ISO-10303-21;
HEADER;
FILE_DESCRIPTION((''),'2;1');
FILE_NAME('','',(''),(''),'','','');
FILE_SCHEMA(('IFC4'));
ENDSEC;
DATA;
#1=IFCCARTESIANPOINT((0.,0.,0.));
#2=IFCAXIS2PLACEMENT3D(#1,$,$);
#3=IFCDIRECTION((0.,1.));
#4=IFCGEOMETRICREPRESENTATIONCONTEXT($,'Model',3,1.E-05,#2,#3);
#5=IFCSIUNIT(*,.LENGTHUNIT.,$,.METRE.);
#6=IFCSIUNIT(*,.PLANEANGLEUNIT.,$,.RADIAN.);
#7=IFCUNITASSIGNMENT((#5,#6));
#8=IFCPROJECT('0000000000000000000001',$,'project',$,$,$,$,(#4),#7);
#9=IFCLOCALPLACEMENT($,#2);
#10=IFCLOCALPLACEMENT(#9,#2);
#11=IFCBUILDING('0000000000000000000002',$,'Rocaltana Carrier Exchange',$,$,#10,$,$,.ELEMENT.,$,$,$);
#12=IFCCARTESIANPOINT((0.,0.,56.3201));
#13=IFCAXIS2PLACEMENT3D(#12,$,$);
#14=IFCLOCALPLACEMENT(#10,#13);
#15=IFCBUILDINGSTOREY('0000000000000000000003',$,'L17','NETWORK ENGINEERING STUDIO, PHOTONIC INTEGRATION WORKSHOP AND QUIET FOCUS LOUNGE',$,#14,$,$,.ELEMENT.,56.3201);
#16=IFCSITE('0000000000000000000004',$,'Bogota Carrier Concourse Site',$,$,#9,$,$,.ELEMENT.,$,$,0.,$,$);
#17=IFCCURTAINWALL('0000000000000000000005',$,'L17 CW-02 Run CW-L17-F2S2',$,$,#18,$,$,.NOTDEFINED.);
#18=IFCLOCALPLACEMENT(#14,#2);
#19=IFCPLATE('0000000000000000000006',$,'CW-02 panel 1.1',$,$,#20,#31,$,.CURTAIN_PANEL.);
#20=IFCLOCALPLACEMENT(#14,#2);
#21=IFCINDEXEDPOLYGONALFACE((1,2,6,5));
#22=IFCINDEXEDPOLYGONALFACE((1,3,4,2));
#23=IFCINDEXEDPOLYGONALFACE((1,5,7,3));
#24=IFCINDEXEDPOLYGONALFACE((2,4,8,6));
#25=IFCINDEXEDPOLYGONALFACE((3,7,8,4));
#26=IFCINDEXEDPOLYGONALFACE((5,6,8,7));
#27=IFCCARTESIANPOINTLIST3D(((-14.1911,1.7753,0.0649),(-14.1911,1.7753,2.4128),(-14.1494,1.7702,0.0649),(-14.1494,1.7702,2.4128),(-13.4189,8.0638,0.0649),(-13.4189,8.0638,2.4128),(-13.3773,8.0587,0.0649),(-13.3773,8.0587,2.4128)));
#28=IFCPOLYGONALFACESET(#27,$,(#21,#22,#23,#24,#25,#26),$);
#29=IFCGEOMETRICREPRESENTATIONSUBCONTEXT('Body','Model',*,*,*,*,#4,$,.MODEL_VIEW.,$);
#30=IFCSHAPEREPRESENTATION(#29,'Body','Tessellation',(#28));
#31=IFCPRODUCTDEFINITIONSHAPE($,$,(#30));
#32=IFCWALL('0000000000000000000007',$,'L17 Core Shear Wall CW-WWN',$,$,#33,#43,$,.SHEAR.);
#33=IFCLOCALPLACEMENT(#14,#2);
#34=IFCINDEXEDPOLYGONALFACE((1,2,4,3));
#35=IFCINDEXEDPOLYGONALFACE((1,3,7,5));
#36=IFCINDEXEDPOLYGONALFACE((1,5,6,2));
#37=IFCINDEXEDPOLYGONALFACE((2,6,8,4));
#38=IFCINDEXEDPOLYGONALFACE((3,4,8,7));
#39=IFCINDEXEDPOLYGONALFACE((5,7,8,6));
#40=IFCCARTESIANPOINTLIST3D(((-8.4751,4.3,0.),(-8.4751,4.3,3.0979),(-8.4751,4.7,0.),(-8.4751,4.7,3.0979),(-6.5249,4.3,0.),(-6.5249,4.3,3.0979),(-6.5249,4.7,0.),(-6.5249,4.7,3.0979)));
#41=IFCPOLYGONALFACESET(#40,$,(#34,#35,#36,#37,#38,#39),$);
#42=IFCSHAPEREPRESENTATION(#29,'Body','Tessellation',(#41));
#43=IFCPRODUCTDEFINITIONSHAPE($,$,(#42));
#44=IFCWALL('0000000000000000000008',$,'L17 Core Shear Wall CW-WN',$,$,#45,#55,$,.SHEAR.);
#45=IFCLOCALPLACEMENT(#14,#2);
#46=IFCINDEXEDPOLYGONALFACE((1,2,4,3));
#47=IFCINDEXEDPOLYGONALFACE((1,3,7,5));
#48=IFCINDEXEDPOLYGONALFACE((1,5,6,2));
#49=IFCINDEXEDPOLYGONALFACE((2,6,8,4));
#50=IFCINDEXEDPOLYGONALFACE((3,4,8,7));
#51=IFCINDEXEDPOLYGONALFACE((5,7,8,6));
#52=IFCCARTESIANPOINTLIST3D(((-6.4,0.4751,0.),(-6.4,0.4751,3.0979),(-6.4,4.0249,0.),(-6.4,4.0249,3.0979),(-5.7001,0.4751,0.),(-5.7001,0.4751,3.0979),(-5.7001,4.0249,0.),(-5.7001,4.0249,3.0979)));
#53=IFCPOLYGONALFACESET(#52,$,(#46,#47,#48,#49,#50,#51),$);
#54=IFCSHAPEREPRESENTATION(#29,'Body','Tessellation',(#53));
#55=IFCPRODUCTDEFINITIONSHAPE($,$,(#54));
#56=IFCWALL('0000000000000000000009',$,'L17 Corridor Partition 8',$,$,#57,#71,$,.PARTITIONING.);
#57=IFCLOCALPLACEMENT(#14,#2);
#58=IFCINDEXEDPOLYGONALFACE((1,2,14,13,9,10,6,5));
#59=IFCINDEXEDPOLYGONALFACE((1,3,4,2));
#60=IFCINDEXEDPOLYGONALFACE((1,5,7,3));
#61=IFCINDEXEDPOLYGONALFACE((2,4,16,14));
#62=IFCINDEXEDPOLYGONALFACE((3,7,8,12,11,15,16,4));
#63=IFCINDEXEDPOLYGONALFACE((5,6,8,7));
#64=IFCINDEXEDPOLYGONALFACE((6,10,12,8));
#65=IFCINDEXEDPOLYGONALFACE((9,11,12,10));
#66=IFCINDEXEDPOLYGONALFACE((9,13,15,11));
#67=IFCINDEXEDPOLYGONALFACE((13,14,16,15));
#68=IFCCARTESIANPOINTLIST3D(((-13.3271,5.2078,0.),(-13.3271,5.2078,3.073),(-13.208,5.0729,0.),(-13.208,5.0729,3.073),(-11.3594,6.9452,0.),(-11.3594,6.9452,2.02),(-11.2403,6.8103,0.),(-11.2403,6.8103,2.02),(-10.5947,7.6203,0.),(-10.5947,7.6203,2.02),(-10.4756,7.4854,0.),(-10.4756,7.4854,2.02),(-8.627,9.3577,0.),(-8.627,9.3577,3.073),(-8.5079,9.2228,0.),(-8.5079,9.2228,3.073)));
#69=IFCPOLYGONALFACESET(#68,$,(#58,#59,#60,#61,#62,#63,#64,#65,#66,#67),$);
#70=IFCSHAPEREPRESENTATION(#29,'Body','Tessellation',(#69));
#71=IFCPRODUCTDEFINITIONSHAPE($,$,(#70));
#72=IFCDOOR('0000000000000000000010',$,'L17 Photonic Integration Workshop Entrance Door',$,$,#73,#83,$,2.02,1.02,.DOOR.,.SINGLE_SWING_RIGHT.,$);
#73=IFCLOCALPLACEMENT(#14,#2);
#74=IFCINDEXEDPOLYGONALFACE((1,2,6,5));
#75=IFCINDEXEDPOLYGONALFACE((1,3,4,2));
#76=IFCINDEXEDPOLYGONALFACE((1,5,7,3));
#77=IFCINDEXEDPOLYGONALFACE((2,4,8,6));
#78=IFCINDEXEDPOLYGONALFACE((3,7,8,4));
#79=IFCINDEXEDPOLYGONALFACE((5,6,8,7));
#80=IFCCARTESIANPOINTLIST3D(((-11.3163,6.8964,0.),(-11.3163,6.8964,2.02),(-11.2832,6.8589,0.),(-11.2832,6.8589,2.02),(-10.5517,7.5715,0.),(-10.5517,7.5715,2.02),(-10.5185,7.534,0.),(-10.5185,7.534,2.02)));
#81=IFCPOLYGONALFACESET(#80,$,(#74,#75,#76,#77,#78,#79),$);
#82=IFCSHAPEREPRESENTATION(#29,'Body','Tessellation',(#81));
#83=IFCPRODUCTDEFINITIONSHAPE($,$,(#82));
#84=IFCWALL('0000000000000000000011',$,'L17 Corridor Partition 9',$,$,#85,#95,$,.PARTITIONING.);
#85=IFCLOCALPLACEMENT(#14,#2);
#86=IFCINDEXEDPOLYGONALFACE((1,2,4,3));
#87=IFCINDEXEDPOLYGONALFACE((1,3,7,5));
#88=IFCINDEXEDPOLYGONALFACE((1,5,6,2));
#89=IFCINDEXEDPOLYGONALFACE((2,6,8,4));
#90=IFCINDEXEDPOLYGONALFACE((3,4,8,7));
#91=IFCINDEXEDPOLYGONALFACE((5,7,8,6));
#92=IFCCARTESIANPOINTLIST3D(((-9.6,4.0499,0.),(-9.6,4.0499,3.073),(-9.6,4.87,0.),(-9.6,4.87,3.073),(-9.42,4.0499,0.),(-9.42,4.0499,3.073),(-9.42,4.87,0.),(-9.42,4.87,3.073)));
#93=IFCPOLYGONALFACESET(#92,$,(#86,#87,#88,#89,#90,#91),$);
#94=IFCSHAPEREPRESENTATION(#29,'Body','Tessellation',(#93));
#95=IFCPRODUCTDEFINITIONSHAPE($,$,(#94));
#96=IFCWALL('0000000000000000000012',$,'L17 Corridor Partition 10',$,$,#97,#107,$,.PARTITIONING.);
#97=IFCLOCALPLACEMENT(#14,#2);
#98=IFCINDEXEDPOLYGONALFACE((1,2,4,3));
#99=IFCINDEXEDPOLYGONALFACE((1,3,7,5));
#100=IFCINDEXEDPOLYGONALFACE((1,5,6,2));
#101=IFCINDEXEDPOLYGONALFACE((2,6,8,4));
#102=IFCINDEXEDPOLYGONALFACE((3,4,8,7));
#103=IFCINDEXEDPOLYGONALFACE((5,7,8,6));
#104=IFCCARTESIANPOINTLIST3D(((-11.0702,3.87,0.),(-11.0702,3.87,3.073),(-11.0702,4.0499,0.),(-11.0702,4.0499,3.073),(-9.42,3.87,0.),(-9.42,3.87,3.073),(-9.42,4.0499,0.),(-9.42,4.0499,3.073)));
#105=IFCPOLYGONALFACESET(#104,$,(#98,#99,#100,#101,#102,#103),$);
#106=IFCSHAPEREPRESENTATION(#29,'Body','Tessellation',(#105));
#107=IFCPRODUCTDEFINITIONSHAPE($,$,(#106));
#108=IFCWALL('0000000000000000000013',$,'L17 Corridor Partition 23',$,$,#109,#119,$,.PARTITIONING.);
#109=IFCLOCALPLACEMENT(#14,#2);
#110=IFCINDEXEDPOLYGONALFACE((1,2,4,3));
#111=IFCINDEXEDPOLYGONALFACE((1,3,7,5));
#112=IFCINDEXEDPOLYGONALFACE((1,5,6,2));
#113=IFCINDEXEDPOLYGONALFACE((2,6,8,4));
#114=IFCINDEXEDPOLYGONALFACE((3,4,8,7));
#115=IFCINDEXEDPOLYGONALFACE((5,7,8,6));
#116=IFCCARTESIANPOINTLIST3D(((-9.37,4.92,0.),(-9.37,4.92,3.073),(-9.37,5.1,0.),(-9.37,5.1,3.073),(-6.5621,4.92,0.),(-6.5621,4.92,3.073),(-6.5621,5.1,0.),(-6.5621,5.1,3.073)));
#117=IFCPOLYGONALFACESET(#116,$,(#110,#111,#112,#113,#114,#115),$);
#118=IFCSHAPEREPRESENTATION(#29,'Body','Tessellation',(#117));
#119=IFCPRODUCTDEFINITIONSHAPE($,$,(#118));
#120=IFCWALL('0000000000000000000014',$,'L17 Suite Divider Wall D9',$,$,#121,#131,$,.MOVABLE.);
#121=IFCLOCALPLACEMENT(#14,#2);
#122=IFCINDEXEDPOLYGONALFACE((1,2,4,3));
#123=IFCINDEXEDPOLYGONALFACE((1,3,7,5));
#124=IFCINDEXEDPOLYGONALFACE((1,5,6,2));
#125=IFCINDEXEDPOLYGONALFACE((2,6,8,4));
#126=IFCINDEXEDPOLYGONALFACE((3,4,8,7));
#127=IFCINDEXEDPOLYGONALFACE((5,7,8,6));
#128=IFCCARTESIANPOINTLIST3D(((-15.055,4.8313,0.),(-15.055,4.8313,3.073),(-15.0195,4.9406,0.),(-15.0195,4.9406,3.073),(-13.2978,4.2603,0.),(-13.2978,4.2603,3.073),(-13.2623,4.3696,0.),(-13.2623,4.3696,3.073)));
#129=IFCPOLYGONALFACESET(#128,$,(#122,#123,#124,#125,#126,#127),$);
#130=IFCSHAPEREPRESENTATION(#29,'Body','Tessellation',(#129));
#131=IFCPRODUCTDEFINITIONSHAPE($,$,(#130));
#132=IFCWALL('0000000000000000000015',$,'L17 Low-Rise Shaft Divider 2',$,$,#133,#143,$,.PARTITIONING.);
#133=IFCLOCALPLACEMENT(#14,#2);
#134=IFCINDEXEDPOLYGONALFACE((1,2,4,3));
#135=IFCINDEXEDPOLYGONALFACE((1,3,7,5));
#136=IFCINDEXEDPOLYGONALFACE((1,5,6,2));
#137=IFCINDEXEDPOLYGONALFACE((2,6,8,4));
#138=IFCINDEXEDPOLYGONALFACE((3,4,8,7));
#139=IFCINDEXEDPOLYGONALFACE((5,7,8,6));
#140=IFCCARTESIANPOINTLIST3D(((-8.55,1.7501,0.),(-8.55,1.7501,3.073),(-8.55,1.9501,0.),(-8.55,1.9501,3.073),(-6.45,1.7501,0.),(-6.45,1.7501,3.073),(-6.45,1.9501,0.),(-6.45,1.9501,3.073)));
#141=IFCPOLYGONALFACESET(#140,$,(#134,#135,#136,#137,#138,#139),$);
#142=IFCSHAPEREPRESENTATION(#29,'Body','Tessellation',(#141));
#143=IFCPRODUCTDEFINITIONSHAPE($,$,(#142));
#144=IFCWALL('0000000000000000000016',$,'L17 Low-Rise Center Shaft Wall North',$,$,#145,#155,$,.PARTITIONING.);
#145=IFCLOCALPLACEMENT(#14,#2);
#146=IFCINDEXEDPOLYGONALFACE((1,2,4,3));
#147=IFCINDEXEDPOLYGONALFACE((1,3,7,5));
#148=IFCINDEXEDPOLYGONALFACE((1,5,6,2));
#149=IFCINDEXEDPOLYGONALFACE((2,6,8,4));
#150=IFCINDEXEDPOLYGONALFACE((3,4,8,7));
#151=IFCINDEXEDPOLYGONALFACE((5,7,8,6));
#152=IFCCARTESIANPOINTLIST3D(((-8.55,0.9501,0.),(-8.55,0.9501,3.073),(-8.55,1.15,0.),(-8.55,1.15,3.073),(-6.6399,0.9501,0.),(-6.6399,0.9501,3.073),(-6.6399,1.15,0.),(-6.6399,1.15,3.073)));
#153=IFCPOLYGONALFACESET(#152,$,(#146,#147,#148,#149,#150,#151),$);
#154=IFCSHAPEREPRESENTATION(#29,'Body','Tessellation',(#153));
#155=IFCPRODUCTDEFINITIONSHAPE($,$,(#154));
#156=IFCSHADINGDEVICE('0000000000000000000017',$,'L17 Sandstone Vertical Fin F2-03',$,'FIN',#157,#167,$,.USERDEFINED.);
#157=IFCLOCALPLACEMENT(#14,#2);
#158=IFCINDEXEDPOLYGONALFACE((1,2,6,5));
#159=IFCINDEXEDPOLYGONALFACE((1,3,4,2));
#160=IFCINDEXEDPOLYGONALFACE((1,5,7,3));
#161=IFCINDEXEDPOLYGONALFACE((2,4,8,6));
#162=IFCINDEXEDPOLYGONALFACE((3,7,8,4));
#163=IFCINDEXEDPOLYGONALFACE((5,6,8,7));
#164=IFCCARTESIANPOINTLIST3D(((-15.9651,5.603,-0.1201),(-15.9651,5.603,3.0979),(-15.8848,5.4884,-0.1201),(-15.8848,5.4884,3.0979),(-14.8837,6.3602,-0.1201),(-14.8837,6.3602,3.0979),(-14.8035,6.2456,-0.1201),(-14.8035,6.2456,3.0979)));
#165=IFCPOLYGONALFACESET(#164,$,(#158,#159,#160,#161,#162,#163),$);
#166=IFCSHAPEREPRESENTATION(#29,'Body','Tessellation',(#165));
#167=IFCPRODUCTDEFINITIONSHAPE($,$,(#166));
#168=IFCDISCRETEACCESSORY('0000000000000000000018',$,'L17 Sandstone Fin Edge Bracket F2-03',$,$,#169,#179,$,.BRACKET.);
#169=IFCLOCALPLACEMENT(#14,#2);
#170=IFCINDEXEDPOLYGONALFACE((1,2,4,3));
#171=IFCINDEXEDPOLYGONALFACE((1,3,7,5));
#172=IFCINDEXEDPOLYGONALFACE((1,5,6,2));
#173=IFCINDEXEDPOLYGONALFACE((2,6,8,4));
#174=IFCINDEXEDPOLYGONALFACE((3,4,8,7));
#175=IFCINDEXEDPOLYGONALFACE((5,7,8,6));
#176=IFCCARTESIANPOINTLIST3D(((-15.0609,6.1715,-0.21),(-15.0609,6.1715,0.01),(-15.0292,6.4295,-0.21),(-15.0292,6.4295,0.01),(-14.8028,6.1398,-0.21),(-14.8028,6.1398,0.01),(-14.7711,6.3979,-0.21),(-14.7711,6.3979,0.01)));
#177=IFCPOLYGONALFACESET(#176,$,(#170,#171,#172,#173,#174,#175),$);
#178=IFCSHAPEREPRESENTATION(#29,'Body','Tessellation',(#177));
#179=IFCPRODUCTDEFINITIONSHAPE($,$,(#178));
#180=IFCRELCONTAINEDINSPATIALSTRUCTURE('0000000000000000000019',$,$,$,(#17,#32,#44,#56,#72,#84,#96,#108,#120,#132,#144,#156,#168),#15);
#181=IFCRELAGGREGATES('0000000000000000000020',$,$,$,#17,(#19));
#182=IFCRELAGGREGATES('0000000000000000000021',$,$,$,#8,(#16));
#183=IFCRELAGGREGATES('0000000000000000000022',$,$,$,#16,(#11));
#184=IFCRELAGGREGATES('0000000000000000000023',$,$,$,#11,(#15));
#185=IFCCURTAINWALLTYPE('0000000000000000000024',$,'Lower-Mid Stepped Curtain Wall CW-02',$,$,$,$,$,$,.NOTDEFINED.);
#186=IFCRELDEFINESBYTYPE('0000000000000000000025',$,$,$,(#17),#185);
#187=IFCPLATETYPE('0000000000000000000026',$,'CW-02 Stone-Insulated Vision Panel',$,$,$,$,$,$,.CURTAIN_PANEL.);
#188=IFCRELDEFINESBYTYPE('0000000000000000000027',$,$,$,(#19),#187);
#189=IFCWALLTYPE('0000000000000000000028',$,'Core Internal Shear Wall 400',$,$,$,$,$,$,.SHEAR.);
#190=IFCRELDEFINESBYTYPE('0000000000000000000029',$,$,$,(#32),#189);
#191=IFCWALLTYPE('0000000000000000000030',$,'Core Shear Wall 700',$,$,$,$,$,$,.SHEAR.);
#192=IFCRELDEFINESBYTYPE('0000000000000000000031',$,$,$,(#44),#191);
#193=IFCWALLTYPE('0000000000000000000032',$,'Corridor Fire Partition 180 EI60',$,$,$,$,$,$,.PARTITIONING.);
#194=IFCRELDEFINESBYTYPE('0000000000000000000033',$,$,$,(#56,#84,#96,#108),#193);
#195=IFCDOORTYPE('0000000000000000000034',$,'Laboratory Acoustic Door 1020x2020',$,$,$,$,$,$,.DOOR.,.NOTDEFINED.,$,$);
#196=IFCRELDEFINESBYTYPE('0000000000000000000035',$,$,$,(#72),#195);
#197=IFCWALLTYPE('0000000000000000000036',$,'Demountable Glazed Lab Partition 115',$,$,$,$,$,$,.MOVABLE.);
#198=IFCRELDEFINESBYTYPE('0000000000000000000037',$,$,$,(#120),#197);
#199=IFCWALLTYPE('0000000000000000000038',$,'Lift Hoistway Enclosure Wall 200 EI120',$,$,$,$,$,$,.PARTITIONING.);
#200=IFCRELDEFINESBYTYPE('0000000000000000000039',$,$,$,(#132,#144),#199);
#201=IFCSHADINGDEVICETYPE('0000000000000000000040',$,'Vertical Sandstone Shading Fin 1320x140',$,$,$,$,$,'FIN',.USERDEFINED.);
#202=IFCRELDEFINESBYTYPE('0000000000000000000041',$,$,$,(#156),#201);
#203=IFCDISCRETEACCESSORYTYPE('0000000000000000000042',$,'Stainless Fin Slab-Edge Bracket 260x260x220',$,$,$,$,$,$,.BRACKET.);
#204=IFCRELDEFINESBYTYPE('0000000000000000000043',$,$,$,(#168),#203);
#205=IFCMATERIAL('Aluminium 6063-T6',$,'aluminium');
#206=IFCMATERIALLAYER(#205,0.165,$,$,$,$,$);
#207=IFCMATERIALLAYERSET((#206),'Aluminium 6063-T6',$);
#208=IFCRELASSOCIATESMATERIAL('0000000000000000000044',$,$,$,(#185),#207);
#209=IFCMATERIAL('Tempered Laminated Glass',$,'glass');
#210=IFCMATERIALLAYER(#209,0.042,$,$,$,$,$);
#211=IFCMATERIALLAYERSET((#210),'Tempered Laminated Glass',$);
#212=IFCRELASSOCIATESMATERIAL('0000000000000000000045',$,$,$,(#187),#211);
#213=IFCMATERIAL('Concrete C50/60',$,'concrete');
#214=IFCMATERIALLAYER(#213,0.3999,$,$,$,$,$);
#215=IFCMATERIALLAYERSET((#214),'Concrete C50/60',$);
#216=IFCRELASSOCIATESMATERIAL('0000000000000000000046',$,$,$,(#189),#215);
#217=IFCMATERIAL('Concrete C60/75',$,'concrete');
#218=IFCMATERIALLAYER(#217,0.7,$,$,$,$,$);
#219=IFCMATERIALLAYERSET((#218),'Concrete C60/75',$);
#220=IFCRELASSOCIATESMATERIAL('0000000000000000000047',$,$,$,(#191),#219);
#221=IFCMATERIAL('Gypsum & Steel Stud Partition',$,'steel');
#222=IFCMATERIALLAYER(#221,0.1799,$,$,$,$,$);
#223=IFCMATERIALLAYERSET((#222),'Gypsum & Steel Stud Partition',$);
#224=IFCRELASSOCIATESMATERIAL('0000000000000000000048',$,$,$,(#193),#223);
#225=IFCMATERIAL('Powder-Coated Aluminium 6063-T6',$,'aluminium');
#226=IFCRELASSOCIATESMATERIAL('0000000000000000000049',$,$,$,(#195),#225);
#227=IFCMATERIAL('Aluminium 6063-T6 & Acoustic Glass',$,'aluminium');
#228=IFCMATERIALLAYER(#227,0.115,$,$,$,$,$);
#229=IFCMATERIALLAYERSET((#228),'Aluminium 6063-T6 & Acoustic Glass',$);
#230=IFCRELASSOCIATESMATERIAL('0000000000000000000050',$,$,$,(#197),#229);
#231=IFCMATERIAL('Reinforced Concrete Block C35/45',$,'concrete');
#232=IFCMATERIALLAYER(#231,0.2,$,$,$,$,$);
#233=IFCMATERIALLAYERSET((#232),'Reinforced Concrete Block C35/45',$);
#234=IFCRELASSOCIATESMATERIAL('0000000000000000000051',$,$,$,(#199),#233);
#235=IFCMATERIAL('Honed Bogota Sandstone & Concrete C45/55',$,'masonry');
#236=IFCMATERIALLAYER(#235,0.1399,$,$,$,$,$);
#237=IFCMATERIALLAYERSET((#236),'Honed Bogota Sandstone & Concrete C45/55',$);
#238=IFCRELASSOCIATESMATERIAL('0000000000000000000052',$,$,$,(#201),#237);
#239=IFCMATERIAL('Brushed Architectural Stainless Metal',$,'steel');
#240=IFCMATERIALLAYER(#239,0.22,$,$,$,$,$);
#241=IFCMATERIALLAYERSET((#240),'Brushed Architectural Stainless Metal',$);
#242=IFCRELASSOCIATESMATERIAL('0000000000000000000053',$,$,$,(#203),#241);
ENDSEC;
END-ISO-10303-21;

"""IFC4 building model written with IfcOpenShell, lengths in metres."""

from ifc_helpers import new_model, si_unit, direction, frame, frame_2d, origin, origin_2d, place, context, subcontext, project, spatial, rectangle, extrude, material, layer, layer_set, type_object, element, fill, aggregate, save


model = new_model("IFC4")

# Units and contexts
model_context = context("Model", 3, precision=1e-05, world=origin(), true_north=direction((0.0, 1.0)))
body_context = subcontext(model_context, "Body", "Model", "MODEL_VIEW")
ifc_project = project(units=[si_unit("LENGTHUNIT", "METRE"), si_unit("PLANEANGLEUNIT", "RADIAN")], contexts=[model_context])

# Site, building, storey
site_placement = place(None, origin())
site = spatial("IfcSite", under=ifc_project, at=site_placement, Name="Bogota Carrier Concourse Site", CompositionType="ELEMENT", RefElevation=0.0)
building_placement = place(site_placement, origin())
building = spatial("IfcBuilding", under=site, at=building_placement, Name="Rocaltana Carrier Exchange", CompositionType="ELEMENT")
storey_placement = place(building_placement, frame((0.0, 0.0, 56.3201)))
storey = spatial("IfcBuildingStorey", under=building, at=storey_placement, Name="L17", Description="NETWORK ENGINEERING STUDIO, PHOTONIC INTEGRATION WORKSHOP AND QUIET FOCUS LOUNGE", CompositionType="ELEMENT", Elevation=56.3201)

# Curtain wall
ifc_material_1 = material(Name="Aluminium 6063-T6", Category="aluminium")
ifc_layer_1 = layer(ifc_material_1, 0.165)
ifc_layer_set_1 = layer_set([ifc_layer_1], Name="Aluminium 6063-T6")
curtain_wall_type = type_object("IfcCurtainWallType", Name="Lower-Mid Stepped Curtain Wall CW-02", PredefinedType="NOTDEFINED", material=ifc_layer_set_1)
curtain_wall_placement = place(storey_placement, origin())
curtain_wall = element("IfcCurtainWall", 1, at=curtain_wall_placement, inside=storey, type_object=curtain_wall_type, Name="L17 CW-02 Run CW-L17-F2S2", PredefinedType="NOTDEFINED")

# Plate
ifc_material_2 = material(Name="Tempered Laminated Glass", Category="glass")
ifc_layer_2 = layer(ifc_material_2, 0.042)
ifc_layer_set_2 = layer_set([ifc_layer_2], Name="Tempered Laminated Glass")
plate_type = type_object("IfcPlateType", Name="CW-02 Stone-Insulated Vision Panel", PredefinedType="CURTAIN_PANEL", material=ifc_layer_set_2)
plate_placement = place(storey_placement, frame((-13.7842, 4.917, 0.0649), z_axis=(0.0, 0.0, 1.0), x_axis=(-0.121874, -0.992546, 0.0)))
plate = element("IfcPlate", 2, at=plate_placement, type_object=plate_type, Name="CW-02 panel 1.1", PredefinedType="CURTAIN_PANEL", context=body_context, shape_type="SweptSolid", body=[
    extrude(rectangle(XDim=6.3357, YDim=0.042, at=origin_2d()), origin(), (0.0, 0.0, 1.0), 2.3479),
])
aggregate(curtain_wall, [plate])

# Walls
ifc_material_3 = material(Name="Concrete C50/60", Category="concrete")
ifc_layer_3 = layer(ifc_material_3, 0.3999)
ifc_layer_set_3 = layer_set([ifc_layer_3], Name="Concrete C50/60")
wall_type_1 = type_object("IfcWallType", Name="Core Internal Shear Wall 400", PredefinedType="SHEAR", material=ifc_layer_set_3)
wall_1_placement = place(storey_placement, frame((-8.4751, 4.5, 0.0), z_axis=(0.0, 0.0, 1.0), x_axis=(1.0, 0.0, 0.0)))
element("IfcWall", 3, at=wall_1_placement, inside=storey, type_object=wall_type_1, Name="L17 Core Shear Wall CW-WWN", PredefinedType="SHEAR", context=body_context, shape_type="SweptSolid", body=[
    extrude(rectangle(XDim=1.9502, YDim=0.3999, at=frame_2d((0.9751, 0.0))), origin(), (0.0, 0.0, 1.0), 3.0979),
])
ifc_material_4 = material(Name="Concrete C60/75", Category="concrete")
ifc_layer_4 = layer(ifc_material_4, 0.7)
ifc_layer_set_4 = layer_set([ifc_layer_4], Name="Concrete C60/75")
wall_type_2 = type_object("IfcWallType", Name="Core Shear Wall 700", PredefinedType="SHEAR", material=ifc_layer_set_4)
wall_2_placement = place(storey_placement, frame((-6.05, 0.4751, 0.0), z_axis=(0.0, 0.0, 1.0), x_axis=(0.0, 1.0, 0.0)))
element("IfcWall", 4, at=wall_2_placement, inside=storey, type_object=wall_type_2, Name="L17 Core Shear Wall CW-WN", PredefinedType="SHEAR", context=body_context, shape_type="SweptSolid", body=[
    extrude(rectangle(XDim=3.5498, YDim=0.7, at=frame_2d((1.7749, 0.0))), origin(), (0.0, 0.0, 1.0), 3.0979),
])

# Wall, opening, door
ifc_material_5 = material(Name="Gypsum & Steel Stud Partition", Category="steel")
ifc_layer_5 = layer(ifc_material_5, 0.1799)
ifc_layer_set_5 = layer_set([ifc_layer_5], Name="Gypsum & Steel Stud Partition")
wall_type_3 = type_object("IfcWallType", Name="Corridor Fire Partition 180 EI60", PredefinedType="PARTITIONING", material=ifc_layer_set_5)
wall_3_placement = place(storey_placement, frame((-13.2676, 5.1404, 0.0), z_axis=(0.0, 0.0, 1.0), x_axis=(0.749626, 0.661861, 0.0)))
wall_3 = element("IfcWall", 5, at=wall_3_placement, inside=storey, type_object=wall_type_3, Name="L17 Corridor Partition 8", PredefinedType="PARTITIONING", context=body_context, shape_type="SweptSolid", body=[
    extrude(rectangle(XDim=6.27, YDim=0.1799, at=frame_2d((3.135, 0.0))), origin(), (0.0, 0.0, 1.0), 3.073),
])
opening_placement = place(wall_3_placement, frame((2.625, 0.0, 0.0)))
opening = element("IfcOpeningElement", 6, at=opening_placement, cuts=wall_3, PredefinedType="OPENING", context=body_context, shape_type="SweptSolid", body=[
    extrude(rectangle(XDim=1.02, YDim=2.02, at=frame_2d((0.51, 1.01))), frame((0.0, 0.0999, 0.0), z_axis=(0.0, -1.0, 0.0), x_axis=(1.0, 0.0, 0.0)), (0.0, 0.0, 1.0), 0.2),
])
ifc_material_6 = material(Name="Powder-Coated Aluminium 6063-T6", Category="aluminium")
door_type = type_object("IfcDoorType", Name="Laboratory Acoustic Door 1020x2020", OperationType="NOTDEFINED", PredefinedType="DOOR", material=ifc_material_6)
door_placement = place(opening_placement, origin())
door = element("IfcDoor", 7, at=door_placement, inside=storey, type_object=door_type, Name="L17 Photonic Integration Workshop Entrance Door", OperationType="SINGLE_SWING_RIGHT", OverallHeight=2.02, OverallWidth=1.02, PredefinedType="DOOR", context=body_context, shape_type="SweptSolid", body=[
    extrude(rectangle(XDim=1.02, YDim=2.02, at=frame_2d((0.51, 1.01))), frame((0.0, 0.0249, 0.0), z_axis=(0.0, -1.0, 0.0), x_axis=(1.0, 0.0, 0.0)), (0.0, 0.0, 1.0), 0.05),
])
fill(opening, door)

# Walls
wall_4_placement = place(storey_placement, frame((-9.51, 4.8701, 0.0), z_axis=(0.0, 0.0, 1.0), x_axis=(0.0, -1.0, 0.0)))
element("IfcWall", 8, at=wall_4_placement, inside=storey, type_object=wall_type_3, Name="L17 Corridor Partition 9", PredefinedType="PARTITIONING", context=body_context, shape_type="SweptSolid", body=[
    extrude(rectangle(XDim=0.8201, YDim=0.1799, at=frame_2d((0.4102, 0.0))), origin(), (0.0, 0.0, 1.0), 3.073),
])
wall_5_placement = place(storey_placement, frame((-9.4199, 3.96, 0.0), z_axis=(0.0, 0.0, 1.0), x_axis=(-1.0, 0.0, 0.0)))
element("IfcWall", 9, at=wall_5_placement, inside=storey, type_object=wall_type_3, Name="L17 Corridor Partition 10", PredefinedType="PARTITIONING", context=body_context, shape_type="SweptSolid", body=[
    extrude(rectangle(XDim=1.6501, YDim=0.1799, at=frame_2d((0.8252, 0.0))), origin(), (0.0, 0.0, 1.0), 3.073),
])
wall_6_placement = place(storey_placement, frame((-6.5623, 5.01, 0.0), z_axis=(0.0, 0.0, 1.0), x_axis=(-1.0, 0.0, 0.0)))
element("IfcWall", 10, at=wall_6_placement, inside=storey, type_object=wall_type_3, Name="L17 Corridor Partition 23", PredefinedType="PARTITIONING", context=body_context, shape_type="SweptSolid", body=[
    extrude(rectangle(XDim=2.8079, YDim=0.1799, at=frame_2d((1.4038, 0.0))), origin(), (0.0, 0.0, 1.0), 3.073),
])
ifc_material_7 = material(Name="Aluminium 6063-T6 & Acoustic Glass", Category="aluminium")
ifc_layer_6 = layer(ifc_material_7, 0.115)
ifc_layer_set_6 = layer_set([ifc_layer_6], Name="Aluminium 6063-T6 & Acoustic Glass")
wall_type_4 = type_object("IfcWallType", Name="Demountable Glazed Lab Partition 115", PredefinedType="MOVABLE", material=ifc_layer_set_6)
wall_7_placement = place(storey_placement, frame((-13.28, 4.3149, 0.0), z_axis=(0.0, 0.0, 1.0), x_axis=(-0.951048, 0.309044, 0.0)))
element("IfcWall", 11, at=wall_7_placement, inside=storey, type_object=wall_type_4, Name="L17 Suite Divider Wall D9", PredefinedType="MOVABLE", context=body_context, shape_type="SweptSolid", body=[
    extrude(rectangle(XDim=1.8477, YDim=0.115, at=frame_2d((0.9238, 0.0))), origin(), (0.0, 0.0, 1.0), 3.073),
])
ifc_material_8 = material(Name="Reinforced Concrete Block C35/45", Category="concrete")
ifc_layer_7 = layer(ifc_material_8, 0.2)
ifc_layer_set_7 = layer_set([ifc_layer_7], Name="Reinforced Concrete Block C35/45")
wall_type_5 = type_object("IfcWallType", Name="Lift Hoistway Enclosure Wall 200 EI120", PredefinedType="PARTITIONING", material=ifc_layer_set_7)
wall_8_placement = place(storey_placement, frame((-8.55, 1.8501, 0.0), z_axis=(0.0, 0.0, 1.0), x_axis=(1.0, 0.0, 0.0)))
element("IfcWall", 12, at=wall_8_placement, inside=storey, type_object=wall_type_5, Name="L17 Low-Rise Shaft Divider 2", PredefinedType="PARTITIONING", context=body_context, shape_type="SweptSolid", body=[
    extrude(rectangle(XDim=2.1001, YDim=0.2, at=frame_2d((1.05, 0.0))), origin(), (0.0, 0.0, 1.0), 3.073),
])
wall_9_placement = place(storey_placement, frame((-8.55, 1.05, 0.0), z_axis=(0.0, 0.0, 1.0), x_axis=(1.0, 0.0, 0.0)))
element("IfcWall", 13, at=wall_9_placement, inside=storey, type_object=wall_type_5, Name="L17 Low-Rise Center Shaft Wall North", PredefinedType="PARTITIONING", context=body_context, shape_type="SweptSolid", body=[
    extrude(rectangle(XDim=1.9102, YDim=0.2, at=frame_2d((0.9551, 0.0))), origin(), (0.0, 0.0, 1.0), 3.073),
])

# Shading device
ifc_material_9 = material(Name="Honed Bogota Sandstone & Concrete C45/55", Category="masonry")
ifc_layer_8 = layer(ifc_material_9, 0.1399)
ifc_layer_set_8 = layer_set([ifc_layer_8], Name="Honed Bogota Sandstone & Concrete C45/55")
shading_device_type = type_object("IfcShadingDeviceType", Name="Vertical Sandstone Shading Fin 1320x140", ElementType="FIN", PredefinedType="USERDEFINED", material=ifc_layer_set_8)
shading_device_placement = place(storey_placement, frame((-15.3843, 5.9243, -0.1201), z_axis=(0.0, 0.0, 1.0), x_axis=(-0.819152, -0.573576, 0.0)))
element("IfcShadingDevice", 14, at=shading_device_placement, inside=storey, type_object=shading_device_type, Name="L17 Sandstone Vertical Fin F2-03", ObjectType="FIN", PredefinedType="USERDEFINED", context=body_context, shape_type="SweptSolid", body=[
    extrude(rectangle(XDim=1.3201, YDim=0.1399, at=origin_2d()), origin(), (0.0, 0.0, 1.0), 3.218),
])

# Discrete accessory
ifc_material_10 = material(Name="Brushed Architectural Stainless Metal", Category="steel")
ifc_layer_9 = layer(ifc_material_10, 0.22)
ifc_layer_set_9 = layer_set([ifc_layer_9], Name="Brushed Architectural Stainless Metal")
discrete_accessory_type = type_object("IfcDiscreteAccessoryType", Name="Stainless Fin Slab-Edge Bracket 260x260x220", PredefinedType="BRACKET", material=ifc_layer_set_9)
discrete_accessory_placement = place(storey_placement, frame((-14.916, 6.2847, -0.21), z_axis=(0.0, 0.0, 1.0), x_axis=(-0.121869, -0.992546, 0.0)))
element("IfcDiscreteAccessory", 15, at=discrete_accessory_placement, inside=storey, type_object=discrete_accessory_type, Name="L17 Sandstone Fin Edge Bracket F2-03", PredefinedType="BRACKET", context=body_context, shape_type="SweptSolid", body=[
    extrude(rectangle(XDim=0.26, YDim=0.26, at=origin_2d()), origin(), (0.0, 0.0, 1.0), 0.22),
])

save(model, "model.ifc")
